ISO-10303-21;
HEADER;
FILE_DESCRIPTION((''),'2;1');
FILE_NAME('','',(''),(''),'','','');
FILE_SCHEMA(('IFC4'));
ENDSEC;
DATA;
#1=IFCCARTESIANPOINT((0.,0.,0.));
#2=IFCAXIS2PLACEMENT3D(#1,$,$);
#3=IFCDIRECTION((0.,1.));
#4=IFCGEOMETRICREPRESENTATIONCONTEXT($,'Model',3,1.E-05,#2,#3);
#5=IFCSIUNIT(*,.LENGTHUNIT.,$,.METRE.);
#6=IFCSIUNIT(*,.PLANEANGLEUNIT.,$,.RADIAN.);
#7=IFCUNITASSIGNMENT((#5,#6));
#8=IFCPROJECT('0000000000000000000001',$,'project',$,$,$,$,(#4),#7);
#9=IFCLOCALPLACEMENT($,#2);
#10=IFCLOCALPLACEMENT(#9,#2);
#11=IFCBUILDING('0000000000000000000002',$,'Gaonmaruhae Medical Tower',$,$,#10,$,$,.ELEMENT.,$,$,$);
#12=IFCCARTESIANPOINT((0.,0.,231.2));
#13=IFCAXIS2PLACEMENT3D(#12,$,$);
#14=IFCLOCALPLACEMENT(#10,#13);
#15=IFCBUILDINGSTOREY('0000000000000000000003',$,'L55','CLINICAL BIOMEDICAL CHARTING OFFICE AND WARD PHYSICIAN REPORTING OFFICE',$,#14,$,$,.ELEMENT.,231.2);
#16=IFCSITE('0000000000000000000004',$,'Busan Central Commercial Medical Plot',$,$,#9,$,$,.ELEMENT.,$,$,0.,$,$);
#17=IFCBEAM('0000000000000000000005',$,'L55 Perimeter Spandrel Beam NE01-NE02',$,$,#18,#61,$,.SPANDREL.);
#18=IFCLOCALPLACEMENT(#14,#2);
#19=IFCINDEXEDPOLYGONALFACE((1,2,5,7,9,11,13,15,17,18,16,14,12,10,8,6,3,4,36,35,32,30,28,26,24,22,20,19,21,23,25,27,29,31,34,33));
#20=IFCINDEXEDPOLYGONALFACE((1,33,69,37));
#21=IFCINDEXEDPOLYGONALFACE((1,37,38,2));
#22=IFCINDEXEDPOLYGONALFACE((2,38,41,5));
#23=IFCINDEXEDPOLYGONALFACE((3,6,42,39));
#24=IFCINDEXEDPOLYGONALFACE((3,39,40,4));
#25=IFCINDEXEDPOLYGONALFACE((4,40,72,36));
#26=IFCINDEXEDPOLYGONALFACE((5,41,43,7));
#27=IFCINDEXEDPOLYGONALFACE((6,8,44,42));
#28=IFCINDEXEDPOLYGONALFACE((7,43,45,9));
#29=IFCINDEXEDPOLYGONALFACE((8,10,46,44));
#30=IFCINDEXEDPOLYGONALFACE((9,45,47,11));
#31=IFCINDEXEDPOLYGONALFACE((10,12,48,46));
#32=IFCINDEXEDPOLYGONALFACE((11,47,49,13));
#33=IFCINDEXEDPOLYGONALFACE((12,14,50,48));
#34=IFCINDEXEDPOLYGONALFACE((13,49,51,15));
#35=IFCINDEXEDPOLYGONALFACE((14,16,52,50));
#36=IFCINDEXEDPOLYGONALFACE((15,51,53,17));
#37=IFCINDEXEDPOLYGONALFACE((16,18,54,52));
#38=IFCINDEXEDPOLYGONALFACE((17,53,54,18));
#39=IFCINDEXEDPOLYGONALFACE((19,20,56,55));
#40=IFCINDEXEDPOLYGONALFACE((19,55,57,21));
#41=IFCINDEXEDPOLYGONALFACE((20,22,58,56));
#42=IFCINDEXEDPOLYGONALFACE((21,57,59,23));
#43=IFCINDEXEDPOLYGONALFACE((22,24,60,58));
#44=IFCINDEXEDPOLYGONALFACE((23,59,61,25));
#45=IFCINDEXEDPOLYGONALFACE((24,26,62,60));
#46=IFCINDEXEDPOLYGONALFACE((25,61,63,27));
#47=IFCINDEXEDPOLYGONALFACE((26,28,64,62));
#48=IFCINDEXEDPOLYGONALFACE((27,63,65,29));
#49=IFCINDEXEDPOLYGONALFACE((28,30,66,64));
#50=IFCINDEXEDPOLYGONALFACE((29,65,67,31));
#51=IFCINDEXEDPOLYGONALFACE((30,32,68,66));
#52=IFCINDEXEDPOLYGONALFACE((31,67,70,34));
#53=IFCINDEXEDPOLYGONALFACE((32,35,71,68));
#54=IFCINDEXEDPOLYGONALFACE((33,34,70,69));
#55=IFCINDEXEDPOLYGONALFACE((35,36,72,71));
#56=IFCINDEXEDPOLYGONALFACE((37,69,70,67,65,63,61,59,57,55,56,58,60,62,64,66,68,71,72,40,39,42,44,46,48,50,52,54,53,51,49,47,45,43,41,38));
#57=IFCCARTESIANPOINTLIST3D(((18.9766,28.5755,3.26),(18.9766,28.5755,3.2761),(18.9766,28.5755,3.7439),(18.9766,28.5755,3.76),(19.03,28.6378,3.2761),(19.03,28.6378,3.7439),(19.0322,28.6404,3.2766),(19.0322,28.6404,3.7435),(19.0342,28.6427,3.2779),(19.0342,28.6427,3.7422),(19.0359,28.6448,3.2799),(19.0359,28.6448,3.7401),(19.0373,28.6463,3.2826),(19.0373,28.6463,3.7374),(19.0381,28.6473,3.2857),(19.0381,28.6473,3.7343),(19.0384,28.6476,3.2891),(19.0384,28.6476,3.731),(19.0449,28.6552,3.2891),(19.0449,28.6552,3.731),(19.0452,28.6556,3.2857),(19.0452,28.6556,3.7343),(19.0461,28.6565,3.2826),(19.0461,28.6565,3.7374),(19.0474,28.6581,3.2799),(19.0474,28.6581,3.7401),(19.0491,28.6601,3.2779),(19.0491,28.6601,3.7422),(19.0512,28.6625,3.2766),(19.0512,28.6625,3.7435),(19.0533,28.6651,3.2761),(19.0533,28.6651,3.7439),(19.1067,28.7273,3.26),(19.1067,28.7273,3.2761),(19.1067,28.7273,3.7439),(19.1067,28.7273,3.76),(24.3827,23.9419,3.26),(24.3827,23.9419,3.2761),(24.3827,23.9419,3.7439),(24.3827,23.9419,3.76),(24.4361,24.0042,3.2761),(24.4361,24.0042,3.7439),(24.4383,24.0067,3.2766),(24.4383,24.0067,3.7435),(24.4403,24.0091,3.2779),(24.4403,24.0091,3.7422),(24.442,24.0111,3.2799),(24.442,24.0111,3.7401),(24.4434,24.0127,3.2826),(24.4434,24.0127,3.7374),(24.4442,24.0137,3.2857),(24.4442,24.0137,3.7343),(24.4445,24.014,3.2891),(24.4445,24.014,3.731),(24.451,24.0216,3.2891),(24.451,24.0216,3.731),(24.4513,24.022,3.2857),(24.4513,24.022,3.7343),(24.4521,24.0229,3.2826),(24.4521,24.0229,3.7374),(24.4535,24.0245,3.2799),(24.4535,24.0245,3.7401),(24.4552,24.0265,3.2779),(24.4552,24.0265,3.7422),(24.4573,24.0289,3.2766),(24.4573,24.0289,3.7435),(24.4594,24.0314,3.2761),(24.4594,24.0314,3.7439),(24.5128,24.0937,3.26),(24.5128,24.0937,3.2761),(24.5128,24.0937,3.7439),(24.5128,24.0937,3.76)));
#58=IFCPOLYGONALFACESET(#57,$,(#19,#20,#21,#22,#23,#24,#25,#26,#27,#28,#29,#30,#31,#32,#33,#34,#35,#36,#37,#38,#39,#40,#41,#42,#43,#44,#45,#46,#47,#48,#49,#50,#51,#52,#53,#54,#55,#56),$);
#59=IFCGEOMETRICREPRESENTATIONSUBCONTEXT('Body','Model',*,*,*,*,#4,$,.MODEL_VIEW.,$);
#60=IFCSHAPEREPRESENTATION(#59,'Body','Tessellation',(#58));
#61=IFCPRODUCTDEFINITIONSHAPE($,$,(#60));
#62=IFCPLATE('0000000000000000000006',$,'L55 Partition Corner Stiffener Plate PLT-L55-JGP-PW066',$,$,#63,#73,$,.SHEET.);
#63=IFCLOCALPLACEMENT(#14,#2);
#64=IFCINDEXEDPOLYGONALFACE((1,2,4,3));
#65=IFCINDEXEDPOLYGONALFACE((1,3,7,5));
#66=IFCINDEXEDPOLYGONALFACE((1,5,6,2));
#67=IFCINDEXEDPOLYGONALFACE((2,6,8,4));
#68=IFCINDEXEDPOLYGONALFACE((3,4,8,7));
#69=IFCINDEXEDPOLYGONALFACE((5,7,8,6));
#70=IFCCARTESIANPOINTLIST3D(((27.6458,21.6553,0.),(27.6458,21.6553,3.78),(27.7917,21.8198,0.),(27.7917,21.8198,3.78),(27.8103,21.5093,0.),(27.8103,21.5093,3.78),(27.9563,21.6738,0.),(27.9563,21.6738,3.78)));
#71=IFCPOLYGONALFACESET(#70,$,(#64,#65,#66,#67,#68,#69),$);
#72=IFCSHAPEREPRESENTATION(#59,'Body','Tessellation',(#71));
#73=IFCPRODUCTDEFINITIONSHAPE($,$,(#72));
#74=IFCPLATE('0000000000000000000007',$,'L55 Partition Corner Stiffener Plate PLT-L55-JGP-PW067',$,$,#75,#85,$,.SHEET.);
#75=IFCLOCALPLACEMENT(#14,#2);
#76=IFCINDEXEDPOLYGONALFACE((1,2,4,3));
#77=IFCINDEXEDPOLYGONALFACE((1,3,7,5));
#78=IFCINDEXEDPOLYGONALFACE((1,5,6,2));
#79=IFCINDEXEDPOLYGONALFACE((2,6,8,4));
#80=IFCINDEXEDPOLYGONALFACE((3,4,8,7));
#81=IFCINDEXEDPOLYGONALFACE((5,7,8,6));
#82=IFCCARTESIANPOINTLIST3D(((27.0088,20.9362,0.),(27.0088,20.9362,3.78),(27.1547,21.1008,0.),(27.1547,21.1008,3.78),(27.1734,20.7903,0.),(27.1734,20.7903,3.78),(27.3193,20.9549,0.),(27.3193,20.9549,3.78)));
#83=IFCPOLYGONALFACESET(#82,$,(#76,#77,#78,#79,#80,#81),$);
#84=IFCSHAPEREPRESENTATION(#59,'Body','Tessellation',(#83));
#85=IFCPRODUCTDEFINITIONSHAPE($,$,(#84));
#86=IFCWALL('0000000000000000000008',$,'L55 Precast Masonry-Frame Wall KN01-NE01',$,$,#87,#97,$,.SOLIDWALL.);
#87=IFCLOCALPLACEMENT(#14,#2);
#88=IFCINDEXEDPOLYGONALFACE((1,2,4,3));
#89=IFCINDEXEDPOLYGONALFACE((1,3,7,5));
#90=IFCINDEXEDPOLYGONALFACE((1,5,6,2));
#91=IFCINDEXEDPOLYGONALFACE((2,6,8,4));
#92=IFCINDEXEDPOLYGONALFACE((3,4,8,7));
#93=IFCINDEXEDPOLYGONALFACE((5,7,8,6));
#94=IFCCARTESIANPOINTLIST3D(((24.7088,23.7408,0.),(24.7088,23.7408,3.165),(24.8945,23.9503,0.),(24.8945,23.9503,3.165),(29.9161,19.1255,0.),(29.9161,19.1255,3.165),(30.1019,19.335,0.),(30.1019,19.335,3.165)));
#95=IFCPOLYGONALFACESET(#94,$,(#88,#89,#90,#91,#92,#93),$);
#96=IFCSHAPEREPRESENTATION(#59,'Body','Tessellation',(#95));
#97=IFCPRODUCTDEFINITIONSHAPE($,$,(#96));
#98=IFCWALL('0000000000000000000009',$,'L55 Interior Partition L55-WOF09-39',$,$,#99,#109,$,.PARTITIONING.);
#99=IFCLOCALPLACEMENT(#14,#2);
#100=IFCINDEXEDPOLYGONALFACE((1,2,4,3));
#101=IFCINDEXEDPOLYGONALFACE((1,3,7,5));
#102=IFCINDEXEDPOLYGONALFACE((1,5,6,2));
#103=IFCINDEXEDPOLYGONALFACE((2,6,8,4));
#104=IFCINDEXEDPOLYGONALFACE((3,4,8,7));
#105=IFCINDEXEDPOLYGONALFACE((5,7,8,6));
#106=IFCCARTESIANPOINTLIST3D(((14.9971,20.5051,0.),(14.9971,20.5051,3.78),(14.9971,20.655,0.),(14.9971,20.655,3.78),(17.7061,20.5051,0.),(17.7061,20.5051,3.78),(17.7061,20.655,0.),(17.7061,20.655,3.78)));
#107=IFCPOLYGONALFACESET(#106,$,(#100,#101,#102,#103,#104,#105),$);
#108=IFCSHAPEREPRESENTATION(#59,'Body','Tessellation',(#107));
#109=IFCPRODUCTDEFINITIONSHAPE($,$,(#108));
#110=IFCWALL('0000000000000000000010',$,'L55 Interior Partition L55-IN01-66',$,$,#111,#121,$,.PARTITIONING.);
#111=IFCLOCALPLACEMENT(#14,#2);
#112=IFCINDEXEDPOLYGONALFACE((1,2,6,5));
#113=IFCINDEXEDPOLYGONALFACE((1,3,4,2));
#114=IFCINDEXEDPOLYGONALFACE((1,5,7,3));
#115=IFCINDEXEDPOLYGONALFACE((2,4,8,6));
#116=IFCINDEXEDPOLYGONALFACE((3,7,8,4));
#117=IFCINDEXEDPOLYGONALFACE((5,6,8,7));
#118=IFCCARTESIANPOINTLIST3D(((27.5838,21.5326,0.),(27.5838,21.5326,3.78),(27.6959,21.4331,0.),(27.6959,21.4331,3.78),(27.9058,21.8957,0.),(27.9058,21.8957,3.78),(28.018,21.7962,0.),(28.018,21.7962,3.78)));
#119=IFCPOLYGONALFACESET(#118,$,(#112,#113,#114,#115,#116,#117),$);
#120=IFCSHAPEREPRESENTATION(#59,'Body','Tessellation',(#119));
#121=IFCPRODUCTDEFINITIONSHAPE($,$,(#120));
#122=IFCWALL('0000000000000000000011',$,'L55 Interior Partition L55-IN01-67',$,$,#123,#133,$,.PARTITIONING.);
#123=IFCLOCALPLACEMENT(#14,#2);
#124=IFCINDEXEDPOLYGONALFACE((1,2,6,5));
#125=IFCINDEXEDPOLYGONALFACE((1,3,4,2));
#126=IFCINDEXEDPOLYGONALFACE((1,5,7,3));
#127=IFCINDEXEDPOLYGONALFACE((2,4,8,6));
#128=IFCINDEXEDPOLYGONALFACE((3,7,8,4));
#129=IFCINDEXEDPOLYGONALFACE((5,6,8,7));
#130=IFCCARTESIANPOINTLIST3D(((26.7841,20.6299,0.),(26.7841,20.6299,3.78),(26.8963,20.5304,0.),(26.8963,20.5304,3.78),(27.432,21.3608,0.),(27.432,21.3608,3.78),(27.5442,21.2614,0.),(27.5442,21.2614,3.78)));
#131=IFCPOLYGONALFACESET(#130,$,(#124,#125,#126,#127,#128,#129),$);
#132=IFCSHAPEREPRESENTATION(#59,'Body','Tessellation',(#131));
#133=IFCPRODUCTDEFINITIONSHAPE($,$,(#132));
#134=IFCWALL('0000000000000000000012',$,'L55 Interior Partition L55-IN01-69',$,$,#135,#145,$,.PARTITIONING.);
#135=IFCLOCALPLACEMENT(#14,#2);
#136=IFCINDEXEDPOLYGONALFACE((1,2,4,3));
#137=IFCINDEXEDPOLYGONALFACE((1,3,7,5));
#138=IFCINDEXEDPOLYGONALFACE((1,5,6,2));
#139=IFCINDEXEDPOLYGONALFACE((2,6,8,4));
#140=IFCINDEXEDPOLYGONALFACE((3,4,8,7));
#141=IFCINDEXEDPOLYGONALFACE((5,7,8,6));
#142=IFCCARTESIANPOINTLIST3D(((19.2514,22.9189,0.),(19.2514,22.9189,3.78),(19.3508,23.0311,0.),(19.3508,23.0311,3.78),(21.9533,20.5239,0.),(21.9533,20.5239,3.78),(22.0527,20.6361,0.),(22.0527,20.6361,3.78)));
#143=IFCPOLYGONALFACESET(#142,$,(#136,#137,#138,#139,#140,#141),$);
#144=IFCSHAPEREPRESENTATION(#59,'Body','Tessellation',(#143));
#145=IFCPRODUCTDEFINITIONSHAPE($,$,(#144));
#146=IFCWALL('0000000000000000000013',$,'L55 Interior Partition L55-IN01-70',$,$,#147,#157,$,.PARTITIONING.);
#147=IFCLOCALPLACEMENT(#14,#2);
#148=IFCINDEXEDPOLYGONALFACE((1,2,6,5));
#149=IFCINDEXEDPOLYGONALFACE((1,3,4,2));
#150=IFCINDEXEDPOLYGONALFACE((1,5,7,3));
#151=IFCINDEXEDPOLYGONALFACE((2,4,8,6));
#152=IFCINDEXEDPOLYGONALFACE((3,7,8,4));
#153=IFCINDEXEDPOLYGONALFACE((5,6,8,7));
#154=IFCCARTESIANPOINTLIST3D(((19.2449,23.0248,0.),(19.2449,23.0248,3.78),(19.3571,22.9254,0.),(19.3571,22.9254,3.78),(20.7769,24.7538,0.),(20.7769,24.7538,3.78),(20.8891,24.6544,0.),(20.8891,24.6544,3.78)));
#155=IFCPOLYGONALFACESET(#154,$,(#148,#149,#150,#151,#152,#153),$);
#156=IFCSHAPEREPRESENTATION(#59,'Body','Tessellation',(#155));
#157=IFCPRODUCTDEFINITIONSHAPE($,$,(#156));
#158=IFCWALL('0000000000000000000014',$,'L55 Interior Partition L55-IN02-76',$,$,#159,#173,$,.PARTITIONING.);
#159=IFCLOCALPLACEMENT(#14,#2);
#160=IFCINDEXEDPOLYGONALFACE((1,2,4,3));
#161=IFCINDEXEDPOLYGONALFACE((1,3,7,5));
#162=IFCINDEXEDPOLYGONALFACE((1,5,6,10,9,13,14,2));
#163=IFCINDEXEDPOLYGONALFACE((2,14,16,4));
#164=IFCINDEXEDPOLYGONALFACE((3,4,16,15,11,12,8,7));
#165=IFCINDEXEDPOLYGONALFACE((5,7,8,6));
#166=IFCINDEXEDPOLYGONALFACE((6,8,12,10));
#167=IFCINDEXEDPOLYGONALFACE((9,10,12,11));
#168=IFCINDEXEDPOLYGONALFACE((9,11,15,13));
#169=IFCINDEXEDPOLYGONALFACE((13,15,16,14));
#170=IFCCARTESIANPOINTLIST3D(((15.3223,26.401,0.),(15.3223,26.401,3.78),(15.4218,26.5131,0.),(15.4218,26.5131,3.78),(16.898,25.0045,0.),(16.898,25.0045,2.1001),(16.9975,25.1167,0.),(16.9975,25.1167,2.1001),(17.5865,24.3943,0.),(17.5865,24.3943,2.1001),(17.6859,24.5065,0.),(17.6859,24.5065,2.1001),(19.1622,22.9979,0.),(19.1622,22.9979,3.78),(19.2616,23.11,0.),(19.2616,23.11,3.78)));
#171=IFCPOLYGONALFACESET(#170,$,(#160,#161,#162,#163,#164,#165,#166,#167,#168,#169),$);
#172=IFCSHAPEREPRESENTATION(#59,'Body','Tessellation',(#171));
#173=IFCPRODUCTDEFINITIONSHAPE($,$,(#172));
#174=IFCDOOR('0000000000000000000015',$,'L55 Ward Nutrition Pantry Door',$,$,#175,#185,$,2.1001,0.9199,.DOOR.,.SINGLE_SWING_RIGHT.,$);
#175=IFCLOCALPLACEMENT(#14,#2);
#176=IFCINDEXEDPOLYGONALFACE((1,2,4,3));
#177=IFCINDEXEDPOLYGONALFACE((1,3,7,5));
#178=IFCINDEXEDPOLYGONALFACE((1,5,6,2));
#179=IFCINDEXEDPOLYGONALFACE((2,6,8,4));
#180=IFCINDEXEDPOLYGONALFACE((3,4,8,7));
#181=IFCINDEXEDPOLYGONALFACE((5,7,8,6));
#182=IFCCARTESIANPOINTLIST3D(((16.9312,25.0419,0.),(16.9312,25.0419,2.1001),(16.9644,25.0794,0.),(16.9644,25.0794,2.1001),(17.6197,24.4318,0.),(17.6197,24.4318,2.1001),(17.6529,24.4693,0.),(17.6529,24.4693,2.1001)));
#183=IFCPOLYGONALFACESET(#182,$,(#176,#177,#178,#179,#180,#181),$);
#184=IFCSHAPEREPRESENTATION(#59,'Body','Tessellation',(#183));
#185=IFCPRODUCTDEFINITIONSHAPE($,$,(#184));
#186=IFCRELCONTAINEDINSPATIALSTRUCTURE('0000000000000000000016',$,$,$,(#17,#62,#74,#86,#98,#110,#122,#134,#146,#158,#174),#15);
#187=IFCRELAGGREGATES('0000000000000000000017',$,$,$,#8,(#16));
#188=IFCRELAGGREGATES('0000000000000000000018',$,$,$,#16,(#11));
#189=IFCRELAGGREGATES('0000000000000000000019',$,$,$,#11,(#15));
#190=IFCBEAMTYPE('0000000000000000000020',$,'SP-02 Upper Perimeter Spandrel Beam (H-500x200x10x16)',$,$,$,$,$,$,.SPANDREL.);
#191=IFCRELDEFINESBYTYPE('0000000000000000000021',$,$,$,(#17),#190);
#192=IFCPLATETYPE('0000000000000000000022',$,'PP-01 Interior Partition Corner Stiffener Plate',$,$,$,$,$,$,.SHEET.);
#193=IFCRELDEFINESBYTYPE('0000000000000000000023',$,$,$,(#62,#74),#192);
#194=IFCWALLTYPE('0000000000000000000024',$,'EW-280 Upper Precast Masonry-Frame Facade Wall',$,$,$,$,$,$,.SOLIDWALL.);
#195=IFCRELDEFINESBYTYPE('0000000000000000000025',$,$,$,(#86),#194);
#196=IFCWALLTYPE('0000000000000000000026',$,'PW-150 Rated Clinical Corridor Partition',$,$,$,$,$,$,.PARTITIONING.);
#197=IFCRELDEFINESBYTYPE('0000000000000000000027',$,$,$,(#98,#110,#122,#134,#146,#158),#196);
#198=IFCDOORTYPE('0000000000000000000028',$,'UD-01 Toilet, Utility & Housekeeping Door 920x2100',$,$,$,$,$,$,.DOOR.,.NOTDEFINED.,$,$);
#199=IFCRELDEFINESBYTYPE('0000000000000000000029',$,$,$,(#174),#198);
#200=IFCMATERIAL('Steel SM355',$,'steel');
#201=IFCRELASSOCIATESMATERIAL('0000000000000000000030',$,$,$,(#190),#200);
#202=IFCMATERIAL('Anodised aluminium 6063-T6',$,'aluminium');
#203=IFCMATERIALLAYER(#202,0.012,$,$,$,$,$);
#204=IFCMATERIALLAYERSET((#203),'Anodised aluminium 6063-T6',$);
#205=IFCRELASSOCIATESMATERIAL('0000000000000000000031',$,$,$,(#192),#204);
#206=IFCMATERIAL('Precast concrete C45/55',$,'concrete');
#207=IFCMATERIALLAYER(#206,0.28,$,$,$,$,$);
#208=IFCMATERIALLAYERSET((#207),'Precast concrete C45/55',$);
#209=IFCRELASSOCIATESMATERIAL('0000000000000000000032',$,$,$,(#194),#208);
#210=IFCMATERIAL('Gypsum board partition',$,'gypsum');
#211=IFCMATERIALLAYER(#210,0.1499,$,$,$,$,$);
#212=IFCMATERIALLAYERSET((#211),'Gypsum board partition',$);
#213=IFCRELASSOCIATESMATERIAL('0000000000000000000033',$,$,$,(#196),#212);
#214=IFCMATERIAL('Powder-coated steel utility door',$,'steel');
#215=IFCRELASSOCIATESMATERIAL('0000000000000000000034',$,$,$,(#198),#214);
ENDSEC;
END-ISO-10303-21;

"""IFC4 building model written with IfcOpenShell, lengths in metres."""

from ifc_helpers import new_model, si_unit, direction, frame, frame_2d, origin, origin_2d, place, context, subcontext, project, spatial, rectangle, i_section, extrude, material, layer, layer_set, material_profile, profile_set, type_object, element, fill, save


model = new_model("IFC4")

# Units and contexts
model_context = context("Model", 3, precision=1e-05, world=origin(), true_north=direction((0.0, 1.0)))
body_context = subcontext(model_context, "Body", "Model", "MODEL_VIEW")
ifc_project = project(units=[si_unit("LENGTHUNIT", "METRE"), si_unit("PLANEANGLEUNIT", "RADIAN")], contexts=[model_context])

# Site, building, storey
site_placement = place(None, origin())
site = spatial("IfcSite", under=ifc_project, at=site_placement, Name="Busan Central Commercial Medical Plot", CompositionType="ELEMENT", RefElevation=0.0)
building_placement = place(site_placement, origin())
building = spatial("IfcBuilding", under=site, at=building_placement, Name="Gaonmaruhae Medical Tower", CompositionType="ELEMENT")
storey_placement = place(building_placement, frame((0.0, 0.0, 231.2)))
storey = spatial("IfcBuildingStorey", under=building, at=storey_placement, Name="L55", Description="CLINICAL BIOMEDICAL CHARTING OFFICE AND WARD PHYSICIAN REPORTING OFFICE", CompositionType="ELEMENT", Elevation=231.2)

# Beam
ifc_material_1 = material(Name="Steel SM355", Category="steel")
ifc_material_profile_1 = material_profile(ifc_material_1, i_section(OverallWidth=0.2, OverallDepth=0.5, WebThickness=0.01, FlangeThickness=0.0161, FilletRadius=0.0129, at=origin_2d()), Name="H-500x200x10x16")
ifc_profile_set_1 = profile_set([ifc_material_profile_1], Name="Steel SM355")
beam_type_1 = type_object("IfcBeamType", Name="SP-02 Upper Perimeter Spandrel Beam (H-500x200x10x16)", PredefinedType="SPANDREL", material=ifc_profile_set_1)
beam_1_placement = place(storey_placement, frame((24.4478, 24.0178, 3.51), z_axis=(-0.759269, 0.650777, 0.0), x_axis=(-0.650777, -0.759269, 0.0)))
element("IfcBeam", 1, at=beam_1_placement, inside=storey, type_object=beam_type_1, Name="L55 Perimeter Spandrel Beam NE01-NE02", PredefinedType="SPANDREL", context=body_context, shape_type="SweptSolid", body=[
    extrude(i_section(OverallWidth=0.2, OverallDepth=0.5, WebThickness=0.01, FlangeThickness=0.0161, FilletRadius=0.0129, at=origin_2d()), origin(), (0.0, 0.0, 1.0), 7.1201),
])

# Plates
ifc_material_2 = material(Name="Anodised aluminium 6063-T6", Category="aluminium")
ifc_layer_1 = layer(ifc_material_2, 0.012)
ifc_layer_set_1 = layer_set([ifc_layer_1], Name="Anodised aluminium 6063-T6")
plate_type = type_object("IfcPlateType", Name="PP-01 Interior Partition Corner Stiffener Plate", PredefinedType="SHEET", material=ifc_layer_set_1)
for number, where, z_axis, x_axis, name in (
    (2, (27.801, 21.6646, 0.0), (0.0, 0.0, 1.0), (-0.6636, -0.748088, 0.0), "L55 Partition Corner Stiffener Plate PLT-L55-JGP-PW066"),
    (3, (27.1641, 20.9456, 0.0), (0.0, 0.0, 1.0), (-0.663352, -0.748308, 0.0), "L55 Partition Corner Stiffener Plate PLT-L55-JGP-PW067"),
):
    element("IfcPlate", number, at=place(storey_placement, frame(where, z_axis=z_axis, x_axis=x_axis)), inside=storey, type_object=plate_type, Name=name, PredefinedType="SHEET", context=body_context, shape_type="SweptSolid", body=[
        extrude(rectangle(XDim=0.22, YDim=0.22, at=origin_2d()), origin(), (0.0, 0.0, 1.0), 3.78),
    ])

# Walls
ifc_material_3 = material(Name="Precast concrete C45/55", Category="concrete")
ifc_layer_2 = layer(ifc_material_3, 0.28)
ifc_layer_set_2 = layer_set([ifc_layer_2], Name="Precast concrete C45/55")
wall_type_1 = type_object("IfcWallType", Name="EW-280 Upper Precast Masonry-Frame Facade Wall", PredefinedType="SOLIDWALL", material=ifc_layer_set_2)
wall_1_placement = place(storey_placement, frame((24.8018, 23.8455, 0.0), z_axis=(0.0, 0.0, 1.0), x_axis=(0.748369, -0.663283, 0.0)))
element("IfcWall", 4, at=wall_1_placement, inside=storey, type_object=wall_type_1, Name="L55 Precast Masonry-Frame Wall KN01-NE01", PredefinedType="SOLIDWALL", context=body_context, shape_type="SweptSolid", body=[
    extrude(rectangle(XDim=6.9583, YDim=0.28, at=frame_2d((3.479, 0.0))), origin(), (0.0, 0.0, 1.0), 3.165),
])
ifc_material_4 = material(Name="Gypsum board partition", Category="gypsum")
ifc_layer_3 = layer(ifc_material_4, 0.1499)
ifc_layer_set_3 = layer_set([ifc_layer_3], Name="Gypsum board partition")
wall_type_2 = type_object("IfcWallType", Name="PW-150 Rated Clinical Corridor Partition", PredefinedType="PARTITIONING", material=ifc_layer_set_3)
wall_2_placement = place(storey_placement, frame((17.7061, 20.5801, 0.0), z_axis=(0.0, 0.0, 1.0), x_axis=(-1.0, 0.0, 0.0)))
element("IfcWall", 5, at=wall_2_placement, inside=storey, type_object=wall_type_2, Name="L55 Interior Partition L55-WOF09-39", PredefinedType="PARTITIONING", context=body_context, shape_type="SweptSolid", body=[
    extrude(rectangle(XDim=2.709, YDim=0.1499, at=frame_2d((1.3545, 0.0))), origin(), (0.0, 0.0, 1.0), 3.78),
])
wall_3_placement = place(storey_placement, frame((27.9619, 21.8459, 0.0), z_axis=(0.0, 0.0, 1.0), x_axis=(-0.663583, -0.748103, 0.0)))
element("IfcWall", 6, at=wall_3_placement, inside=storey, type_object=wall_type_2, Name="L55 Interior Partition L55-IN01-66", PredefinedType="PARTITIONING", context=body_context, shape_type="SweptSolid", body=[
    extrude(rectangle(XDim=0.4854, YDim=0.1499, at=frame_2d((0.2427, 0.0))), origin(), (0.0, 0.0, 1.0), 3.78),
])
wall_4_placement = place(storey_placement, frame((27.488, 21.311, 0.0), z_axis=(0.0, 0.0, 1.0), x_axis=(-0.663339, -0.748319, 0.0)))
element("IfcWall", 7, at=wall_4_placement, inside=storey, type_object=wall_type_2, Name="L55 Interior Partition L55-IN01-67", PredefinedType="PARTITIONING", context=body_context, shape_type="SweptSolid", body=[
    extrude(rectangle(XDim=0.9768, YDim=0.1499, at=frame_2d((0.4883, 0.0))), origin(), (0.0, 0.0, 1.0), 3.78),
])

# Walls
wall_5_placement = place(storey_placement, frame((22.0029, 20.5801, 0.0), z_axis=(0.0, 0.0, 1.0), x_axis=(-0.748326, 0.663331, 0.0)))
element("IfcWall", 8, at=wall_5_placement, inside=storey, type_object=wall_type_2, Name="L55 Interior Partition L55-IN01-69", PredefinedType="PARTITIONING", context=body_context, shape_type="SweptSolid", body=[
    extrude(rectangle(XDim=3.6106, YDim=0.1499, at=frame_2d((1.8052, 0.0))), origin(), (0.0, 0.0, 1.0), 3.78),
])
wall_6_placement = place(storey_placement, frame((19.301, 22.9751, 0.0), z_axis=(0.0, 0.0, 1.0), x_axis=(0.663176, 0.748464, 0.0)))
element("IfcWall", 9, at=wall_6_placement, inside=storey, type_object=wall_type_2, Name="L55 Interior Partition L55-IN01-70", PredefinedType="PARTITIONING", context=body_context, shape_type="SweptSolid", body=[
    extrude(rectangle(XDim=2.3101, YDim=0.1499, at=frame_2d((1.155, 0.0))), origin(), (0.0, 0.0, 1.0), 3.78),
])

# Wall, opening, door
wall_7_placement = place(storey_placement, frame((19.2119, 23.054, 0.0), z_axis=(0.0, 0.0, 1.0), x_axis=(-0.748388, 0.663261, 0.0)))
wall_7 = element("IfcWall", 10, at=wall_7_placement, inside=storey, type_object=wall_type_2, Name="L55 Interior Partition L55-IN02-76", PredefinedType="PARTITIONING", context=body_context, shape_type="SweptSolid", body=[
    extrude(rectangle(XDim=5.1309, YDim=0.1499, at=frame_2d((2.5654, 0.0))), origin(), (0.0, 0.0, 1.0), 3.78),
])
opening_1_placement = place(wall_7_placement, frame((2.1055, 0.0, 0.0)))
opening_1 = element("IfcOpeningElement", 11, at=opening_1_placement, cuts=wall_7, PredefinedType="OPENING", context=body_context, shape_type="SweptSolid", body=[
    extrude(rectangle(XDim=0.9199, YDim=2.1001, at=frame_2d((0.46, 1.05))), frame((0.0, 0.085, 0.0), z_axis=(0.0, -1.0, 0.0), x_axis=(1.0, 0.0, 0.0)), (0.0, 0.0, 1.0), 0.1699),
])
ifc_material_5 = material(Name="Powder-coated steel utility door", Category="steel")
door_type_1 = type_object("IfcDoorType", Name="UD-01 Toilet, Utility & Housekeeping Door 920x2100", OperationType="NOTDEFINED", PredefinedType="DOOR", material=ifc_material_5)
door_1_placement = place(opening_1_placement, origin())
door_1 = element("IfcDoor", 12, at=door_1_placement, inside=storey, type_object=door_type_1, Name="L55 Ward Nutrition Pantry Door", OperationType="SINGLE_SWING_RIGHT", OverallHeight=2.1001, OverallWidth=0.9199, PredefinedType="DOOR", context=body_context, shape_type="SweptSolid", body=[
    extrude(rectangle(XDim=0.9199, YDim=2.1001, at=frame_2d((0.46, 1.05))), frame((0.0, 0.0249, 0.0), z_axis=(0.0, -1.0, 0.0), x_axis=(1.0, 0.0, 0.0)), (0.0, 0.0, 1.0), 0.05),
])
fill(opening_1, door_1)

save(model, "model.ifc")
